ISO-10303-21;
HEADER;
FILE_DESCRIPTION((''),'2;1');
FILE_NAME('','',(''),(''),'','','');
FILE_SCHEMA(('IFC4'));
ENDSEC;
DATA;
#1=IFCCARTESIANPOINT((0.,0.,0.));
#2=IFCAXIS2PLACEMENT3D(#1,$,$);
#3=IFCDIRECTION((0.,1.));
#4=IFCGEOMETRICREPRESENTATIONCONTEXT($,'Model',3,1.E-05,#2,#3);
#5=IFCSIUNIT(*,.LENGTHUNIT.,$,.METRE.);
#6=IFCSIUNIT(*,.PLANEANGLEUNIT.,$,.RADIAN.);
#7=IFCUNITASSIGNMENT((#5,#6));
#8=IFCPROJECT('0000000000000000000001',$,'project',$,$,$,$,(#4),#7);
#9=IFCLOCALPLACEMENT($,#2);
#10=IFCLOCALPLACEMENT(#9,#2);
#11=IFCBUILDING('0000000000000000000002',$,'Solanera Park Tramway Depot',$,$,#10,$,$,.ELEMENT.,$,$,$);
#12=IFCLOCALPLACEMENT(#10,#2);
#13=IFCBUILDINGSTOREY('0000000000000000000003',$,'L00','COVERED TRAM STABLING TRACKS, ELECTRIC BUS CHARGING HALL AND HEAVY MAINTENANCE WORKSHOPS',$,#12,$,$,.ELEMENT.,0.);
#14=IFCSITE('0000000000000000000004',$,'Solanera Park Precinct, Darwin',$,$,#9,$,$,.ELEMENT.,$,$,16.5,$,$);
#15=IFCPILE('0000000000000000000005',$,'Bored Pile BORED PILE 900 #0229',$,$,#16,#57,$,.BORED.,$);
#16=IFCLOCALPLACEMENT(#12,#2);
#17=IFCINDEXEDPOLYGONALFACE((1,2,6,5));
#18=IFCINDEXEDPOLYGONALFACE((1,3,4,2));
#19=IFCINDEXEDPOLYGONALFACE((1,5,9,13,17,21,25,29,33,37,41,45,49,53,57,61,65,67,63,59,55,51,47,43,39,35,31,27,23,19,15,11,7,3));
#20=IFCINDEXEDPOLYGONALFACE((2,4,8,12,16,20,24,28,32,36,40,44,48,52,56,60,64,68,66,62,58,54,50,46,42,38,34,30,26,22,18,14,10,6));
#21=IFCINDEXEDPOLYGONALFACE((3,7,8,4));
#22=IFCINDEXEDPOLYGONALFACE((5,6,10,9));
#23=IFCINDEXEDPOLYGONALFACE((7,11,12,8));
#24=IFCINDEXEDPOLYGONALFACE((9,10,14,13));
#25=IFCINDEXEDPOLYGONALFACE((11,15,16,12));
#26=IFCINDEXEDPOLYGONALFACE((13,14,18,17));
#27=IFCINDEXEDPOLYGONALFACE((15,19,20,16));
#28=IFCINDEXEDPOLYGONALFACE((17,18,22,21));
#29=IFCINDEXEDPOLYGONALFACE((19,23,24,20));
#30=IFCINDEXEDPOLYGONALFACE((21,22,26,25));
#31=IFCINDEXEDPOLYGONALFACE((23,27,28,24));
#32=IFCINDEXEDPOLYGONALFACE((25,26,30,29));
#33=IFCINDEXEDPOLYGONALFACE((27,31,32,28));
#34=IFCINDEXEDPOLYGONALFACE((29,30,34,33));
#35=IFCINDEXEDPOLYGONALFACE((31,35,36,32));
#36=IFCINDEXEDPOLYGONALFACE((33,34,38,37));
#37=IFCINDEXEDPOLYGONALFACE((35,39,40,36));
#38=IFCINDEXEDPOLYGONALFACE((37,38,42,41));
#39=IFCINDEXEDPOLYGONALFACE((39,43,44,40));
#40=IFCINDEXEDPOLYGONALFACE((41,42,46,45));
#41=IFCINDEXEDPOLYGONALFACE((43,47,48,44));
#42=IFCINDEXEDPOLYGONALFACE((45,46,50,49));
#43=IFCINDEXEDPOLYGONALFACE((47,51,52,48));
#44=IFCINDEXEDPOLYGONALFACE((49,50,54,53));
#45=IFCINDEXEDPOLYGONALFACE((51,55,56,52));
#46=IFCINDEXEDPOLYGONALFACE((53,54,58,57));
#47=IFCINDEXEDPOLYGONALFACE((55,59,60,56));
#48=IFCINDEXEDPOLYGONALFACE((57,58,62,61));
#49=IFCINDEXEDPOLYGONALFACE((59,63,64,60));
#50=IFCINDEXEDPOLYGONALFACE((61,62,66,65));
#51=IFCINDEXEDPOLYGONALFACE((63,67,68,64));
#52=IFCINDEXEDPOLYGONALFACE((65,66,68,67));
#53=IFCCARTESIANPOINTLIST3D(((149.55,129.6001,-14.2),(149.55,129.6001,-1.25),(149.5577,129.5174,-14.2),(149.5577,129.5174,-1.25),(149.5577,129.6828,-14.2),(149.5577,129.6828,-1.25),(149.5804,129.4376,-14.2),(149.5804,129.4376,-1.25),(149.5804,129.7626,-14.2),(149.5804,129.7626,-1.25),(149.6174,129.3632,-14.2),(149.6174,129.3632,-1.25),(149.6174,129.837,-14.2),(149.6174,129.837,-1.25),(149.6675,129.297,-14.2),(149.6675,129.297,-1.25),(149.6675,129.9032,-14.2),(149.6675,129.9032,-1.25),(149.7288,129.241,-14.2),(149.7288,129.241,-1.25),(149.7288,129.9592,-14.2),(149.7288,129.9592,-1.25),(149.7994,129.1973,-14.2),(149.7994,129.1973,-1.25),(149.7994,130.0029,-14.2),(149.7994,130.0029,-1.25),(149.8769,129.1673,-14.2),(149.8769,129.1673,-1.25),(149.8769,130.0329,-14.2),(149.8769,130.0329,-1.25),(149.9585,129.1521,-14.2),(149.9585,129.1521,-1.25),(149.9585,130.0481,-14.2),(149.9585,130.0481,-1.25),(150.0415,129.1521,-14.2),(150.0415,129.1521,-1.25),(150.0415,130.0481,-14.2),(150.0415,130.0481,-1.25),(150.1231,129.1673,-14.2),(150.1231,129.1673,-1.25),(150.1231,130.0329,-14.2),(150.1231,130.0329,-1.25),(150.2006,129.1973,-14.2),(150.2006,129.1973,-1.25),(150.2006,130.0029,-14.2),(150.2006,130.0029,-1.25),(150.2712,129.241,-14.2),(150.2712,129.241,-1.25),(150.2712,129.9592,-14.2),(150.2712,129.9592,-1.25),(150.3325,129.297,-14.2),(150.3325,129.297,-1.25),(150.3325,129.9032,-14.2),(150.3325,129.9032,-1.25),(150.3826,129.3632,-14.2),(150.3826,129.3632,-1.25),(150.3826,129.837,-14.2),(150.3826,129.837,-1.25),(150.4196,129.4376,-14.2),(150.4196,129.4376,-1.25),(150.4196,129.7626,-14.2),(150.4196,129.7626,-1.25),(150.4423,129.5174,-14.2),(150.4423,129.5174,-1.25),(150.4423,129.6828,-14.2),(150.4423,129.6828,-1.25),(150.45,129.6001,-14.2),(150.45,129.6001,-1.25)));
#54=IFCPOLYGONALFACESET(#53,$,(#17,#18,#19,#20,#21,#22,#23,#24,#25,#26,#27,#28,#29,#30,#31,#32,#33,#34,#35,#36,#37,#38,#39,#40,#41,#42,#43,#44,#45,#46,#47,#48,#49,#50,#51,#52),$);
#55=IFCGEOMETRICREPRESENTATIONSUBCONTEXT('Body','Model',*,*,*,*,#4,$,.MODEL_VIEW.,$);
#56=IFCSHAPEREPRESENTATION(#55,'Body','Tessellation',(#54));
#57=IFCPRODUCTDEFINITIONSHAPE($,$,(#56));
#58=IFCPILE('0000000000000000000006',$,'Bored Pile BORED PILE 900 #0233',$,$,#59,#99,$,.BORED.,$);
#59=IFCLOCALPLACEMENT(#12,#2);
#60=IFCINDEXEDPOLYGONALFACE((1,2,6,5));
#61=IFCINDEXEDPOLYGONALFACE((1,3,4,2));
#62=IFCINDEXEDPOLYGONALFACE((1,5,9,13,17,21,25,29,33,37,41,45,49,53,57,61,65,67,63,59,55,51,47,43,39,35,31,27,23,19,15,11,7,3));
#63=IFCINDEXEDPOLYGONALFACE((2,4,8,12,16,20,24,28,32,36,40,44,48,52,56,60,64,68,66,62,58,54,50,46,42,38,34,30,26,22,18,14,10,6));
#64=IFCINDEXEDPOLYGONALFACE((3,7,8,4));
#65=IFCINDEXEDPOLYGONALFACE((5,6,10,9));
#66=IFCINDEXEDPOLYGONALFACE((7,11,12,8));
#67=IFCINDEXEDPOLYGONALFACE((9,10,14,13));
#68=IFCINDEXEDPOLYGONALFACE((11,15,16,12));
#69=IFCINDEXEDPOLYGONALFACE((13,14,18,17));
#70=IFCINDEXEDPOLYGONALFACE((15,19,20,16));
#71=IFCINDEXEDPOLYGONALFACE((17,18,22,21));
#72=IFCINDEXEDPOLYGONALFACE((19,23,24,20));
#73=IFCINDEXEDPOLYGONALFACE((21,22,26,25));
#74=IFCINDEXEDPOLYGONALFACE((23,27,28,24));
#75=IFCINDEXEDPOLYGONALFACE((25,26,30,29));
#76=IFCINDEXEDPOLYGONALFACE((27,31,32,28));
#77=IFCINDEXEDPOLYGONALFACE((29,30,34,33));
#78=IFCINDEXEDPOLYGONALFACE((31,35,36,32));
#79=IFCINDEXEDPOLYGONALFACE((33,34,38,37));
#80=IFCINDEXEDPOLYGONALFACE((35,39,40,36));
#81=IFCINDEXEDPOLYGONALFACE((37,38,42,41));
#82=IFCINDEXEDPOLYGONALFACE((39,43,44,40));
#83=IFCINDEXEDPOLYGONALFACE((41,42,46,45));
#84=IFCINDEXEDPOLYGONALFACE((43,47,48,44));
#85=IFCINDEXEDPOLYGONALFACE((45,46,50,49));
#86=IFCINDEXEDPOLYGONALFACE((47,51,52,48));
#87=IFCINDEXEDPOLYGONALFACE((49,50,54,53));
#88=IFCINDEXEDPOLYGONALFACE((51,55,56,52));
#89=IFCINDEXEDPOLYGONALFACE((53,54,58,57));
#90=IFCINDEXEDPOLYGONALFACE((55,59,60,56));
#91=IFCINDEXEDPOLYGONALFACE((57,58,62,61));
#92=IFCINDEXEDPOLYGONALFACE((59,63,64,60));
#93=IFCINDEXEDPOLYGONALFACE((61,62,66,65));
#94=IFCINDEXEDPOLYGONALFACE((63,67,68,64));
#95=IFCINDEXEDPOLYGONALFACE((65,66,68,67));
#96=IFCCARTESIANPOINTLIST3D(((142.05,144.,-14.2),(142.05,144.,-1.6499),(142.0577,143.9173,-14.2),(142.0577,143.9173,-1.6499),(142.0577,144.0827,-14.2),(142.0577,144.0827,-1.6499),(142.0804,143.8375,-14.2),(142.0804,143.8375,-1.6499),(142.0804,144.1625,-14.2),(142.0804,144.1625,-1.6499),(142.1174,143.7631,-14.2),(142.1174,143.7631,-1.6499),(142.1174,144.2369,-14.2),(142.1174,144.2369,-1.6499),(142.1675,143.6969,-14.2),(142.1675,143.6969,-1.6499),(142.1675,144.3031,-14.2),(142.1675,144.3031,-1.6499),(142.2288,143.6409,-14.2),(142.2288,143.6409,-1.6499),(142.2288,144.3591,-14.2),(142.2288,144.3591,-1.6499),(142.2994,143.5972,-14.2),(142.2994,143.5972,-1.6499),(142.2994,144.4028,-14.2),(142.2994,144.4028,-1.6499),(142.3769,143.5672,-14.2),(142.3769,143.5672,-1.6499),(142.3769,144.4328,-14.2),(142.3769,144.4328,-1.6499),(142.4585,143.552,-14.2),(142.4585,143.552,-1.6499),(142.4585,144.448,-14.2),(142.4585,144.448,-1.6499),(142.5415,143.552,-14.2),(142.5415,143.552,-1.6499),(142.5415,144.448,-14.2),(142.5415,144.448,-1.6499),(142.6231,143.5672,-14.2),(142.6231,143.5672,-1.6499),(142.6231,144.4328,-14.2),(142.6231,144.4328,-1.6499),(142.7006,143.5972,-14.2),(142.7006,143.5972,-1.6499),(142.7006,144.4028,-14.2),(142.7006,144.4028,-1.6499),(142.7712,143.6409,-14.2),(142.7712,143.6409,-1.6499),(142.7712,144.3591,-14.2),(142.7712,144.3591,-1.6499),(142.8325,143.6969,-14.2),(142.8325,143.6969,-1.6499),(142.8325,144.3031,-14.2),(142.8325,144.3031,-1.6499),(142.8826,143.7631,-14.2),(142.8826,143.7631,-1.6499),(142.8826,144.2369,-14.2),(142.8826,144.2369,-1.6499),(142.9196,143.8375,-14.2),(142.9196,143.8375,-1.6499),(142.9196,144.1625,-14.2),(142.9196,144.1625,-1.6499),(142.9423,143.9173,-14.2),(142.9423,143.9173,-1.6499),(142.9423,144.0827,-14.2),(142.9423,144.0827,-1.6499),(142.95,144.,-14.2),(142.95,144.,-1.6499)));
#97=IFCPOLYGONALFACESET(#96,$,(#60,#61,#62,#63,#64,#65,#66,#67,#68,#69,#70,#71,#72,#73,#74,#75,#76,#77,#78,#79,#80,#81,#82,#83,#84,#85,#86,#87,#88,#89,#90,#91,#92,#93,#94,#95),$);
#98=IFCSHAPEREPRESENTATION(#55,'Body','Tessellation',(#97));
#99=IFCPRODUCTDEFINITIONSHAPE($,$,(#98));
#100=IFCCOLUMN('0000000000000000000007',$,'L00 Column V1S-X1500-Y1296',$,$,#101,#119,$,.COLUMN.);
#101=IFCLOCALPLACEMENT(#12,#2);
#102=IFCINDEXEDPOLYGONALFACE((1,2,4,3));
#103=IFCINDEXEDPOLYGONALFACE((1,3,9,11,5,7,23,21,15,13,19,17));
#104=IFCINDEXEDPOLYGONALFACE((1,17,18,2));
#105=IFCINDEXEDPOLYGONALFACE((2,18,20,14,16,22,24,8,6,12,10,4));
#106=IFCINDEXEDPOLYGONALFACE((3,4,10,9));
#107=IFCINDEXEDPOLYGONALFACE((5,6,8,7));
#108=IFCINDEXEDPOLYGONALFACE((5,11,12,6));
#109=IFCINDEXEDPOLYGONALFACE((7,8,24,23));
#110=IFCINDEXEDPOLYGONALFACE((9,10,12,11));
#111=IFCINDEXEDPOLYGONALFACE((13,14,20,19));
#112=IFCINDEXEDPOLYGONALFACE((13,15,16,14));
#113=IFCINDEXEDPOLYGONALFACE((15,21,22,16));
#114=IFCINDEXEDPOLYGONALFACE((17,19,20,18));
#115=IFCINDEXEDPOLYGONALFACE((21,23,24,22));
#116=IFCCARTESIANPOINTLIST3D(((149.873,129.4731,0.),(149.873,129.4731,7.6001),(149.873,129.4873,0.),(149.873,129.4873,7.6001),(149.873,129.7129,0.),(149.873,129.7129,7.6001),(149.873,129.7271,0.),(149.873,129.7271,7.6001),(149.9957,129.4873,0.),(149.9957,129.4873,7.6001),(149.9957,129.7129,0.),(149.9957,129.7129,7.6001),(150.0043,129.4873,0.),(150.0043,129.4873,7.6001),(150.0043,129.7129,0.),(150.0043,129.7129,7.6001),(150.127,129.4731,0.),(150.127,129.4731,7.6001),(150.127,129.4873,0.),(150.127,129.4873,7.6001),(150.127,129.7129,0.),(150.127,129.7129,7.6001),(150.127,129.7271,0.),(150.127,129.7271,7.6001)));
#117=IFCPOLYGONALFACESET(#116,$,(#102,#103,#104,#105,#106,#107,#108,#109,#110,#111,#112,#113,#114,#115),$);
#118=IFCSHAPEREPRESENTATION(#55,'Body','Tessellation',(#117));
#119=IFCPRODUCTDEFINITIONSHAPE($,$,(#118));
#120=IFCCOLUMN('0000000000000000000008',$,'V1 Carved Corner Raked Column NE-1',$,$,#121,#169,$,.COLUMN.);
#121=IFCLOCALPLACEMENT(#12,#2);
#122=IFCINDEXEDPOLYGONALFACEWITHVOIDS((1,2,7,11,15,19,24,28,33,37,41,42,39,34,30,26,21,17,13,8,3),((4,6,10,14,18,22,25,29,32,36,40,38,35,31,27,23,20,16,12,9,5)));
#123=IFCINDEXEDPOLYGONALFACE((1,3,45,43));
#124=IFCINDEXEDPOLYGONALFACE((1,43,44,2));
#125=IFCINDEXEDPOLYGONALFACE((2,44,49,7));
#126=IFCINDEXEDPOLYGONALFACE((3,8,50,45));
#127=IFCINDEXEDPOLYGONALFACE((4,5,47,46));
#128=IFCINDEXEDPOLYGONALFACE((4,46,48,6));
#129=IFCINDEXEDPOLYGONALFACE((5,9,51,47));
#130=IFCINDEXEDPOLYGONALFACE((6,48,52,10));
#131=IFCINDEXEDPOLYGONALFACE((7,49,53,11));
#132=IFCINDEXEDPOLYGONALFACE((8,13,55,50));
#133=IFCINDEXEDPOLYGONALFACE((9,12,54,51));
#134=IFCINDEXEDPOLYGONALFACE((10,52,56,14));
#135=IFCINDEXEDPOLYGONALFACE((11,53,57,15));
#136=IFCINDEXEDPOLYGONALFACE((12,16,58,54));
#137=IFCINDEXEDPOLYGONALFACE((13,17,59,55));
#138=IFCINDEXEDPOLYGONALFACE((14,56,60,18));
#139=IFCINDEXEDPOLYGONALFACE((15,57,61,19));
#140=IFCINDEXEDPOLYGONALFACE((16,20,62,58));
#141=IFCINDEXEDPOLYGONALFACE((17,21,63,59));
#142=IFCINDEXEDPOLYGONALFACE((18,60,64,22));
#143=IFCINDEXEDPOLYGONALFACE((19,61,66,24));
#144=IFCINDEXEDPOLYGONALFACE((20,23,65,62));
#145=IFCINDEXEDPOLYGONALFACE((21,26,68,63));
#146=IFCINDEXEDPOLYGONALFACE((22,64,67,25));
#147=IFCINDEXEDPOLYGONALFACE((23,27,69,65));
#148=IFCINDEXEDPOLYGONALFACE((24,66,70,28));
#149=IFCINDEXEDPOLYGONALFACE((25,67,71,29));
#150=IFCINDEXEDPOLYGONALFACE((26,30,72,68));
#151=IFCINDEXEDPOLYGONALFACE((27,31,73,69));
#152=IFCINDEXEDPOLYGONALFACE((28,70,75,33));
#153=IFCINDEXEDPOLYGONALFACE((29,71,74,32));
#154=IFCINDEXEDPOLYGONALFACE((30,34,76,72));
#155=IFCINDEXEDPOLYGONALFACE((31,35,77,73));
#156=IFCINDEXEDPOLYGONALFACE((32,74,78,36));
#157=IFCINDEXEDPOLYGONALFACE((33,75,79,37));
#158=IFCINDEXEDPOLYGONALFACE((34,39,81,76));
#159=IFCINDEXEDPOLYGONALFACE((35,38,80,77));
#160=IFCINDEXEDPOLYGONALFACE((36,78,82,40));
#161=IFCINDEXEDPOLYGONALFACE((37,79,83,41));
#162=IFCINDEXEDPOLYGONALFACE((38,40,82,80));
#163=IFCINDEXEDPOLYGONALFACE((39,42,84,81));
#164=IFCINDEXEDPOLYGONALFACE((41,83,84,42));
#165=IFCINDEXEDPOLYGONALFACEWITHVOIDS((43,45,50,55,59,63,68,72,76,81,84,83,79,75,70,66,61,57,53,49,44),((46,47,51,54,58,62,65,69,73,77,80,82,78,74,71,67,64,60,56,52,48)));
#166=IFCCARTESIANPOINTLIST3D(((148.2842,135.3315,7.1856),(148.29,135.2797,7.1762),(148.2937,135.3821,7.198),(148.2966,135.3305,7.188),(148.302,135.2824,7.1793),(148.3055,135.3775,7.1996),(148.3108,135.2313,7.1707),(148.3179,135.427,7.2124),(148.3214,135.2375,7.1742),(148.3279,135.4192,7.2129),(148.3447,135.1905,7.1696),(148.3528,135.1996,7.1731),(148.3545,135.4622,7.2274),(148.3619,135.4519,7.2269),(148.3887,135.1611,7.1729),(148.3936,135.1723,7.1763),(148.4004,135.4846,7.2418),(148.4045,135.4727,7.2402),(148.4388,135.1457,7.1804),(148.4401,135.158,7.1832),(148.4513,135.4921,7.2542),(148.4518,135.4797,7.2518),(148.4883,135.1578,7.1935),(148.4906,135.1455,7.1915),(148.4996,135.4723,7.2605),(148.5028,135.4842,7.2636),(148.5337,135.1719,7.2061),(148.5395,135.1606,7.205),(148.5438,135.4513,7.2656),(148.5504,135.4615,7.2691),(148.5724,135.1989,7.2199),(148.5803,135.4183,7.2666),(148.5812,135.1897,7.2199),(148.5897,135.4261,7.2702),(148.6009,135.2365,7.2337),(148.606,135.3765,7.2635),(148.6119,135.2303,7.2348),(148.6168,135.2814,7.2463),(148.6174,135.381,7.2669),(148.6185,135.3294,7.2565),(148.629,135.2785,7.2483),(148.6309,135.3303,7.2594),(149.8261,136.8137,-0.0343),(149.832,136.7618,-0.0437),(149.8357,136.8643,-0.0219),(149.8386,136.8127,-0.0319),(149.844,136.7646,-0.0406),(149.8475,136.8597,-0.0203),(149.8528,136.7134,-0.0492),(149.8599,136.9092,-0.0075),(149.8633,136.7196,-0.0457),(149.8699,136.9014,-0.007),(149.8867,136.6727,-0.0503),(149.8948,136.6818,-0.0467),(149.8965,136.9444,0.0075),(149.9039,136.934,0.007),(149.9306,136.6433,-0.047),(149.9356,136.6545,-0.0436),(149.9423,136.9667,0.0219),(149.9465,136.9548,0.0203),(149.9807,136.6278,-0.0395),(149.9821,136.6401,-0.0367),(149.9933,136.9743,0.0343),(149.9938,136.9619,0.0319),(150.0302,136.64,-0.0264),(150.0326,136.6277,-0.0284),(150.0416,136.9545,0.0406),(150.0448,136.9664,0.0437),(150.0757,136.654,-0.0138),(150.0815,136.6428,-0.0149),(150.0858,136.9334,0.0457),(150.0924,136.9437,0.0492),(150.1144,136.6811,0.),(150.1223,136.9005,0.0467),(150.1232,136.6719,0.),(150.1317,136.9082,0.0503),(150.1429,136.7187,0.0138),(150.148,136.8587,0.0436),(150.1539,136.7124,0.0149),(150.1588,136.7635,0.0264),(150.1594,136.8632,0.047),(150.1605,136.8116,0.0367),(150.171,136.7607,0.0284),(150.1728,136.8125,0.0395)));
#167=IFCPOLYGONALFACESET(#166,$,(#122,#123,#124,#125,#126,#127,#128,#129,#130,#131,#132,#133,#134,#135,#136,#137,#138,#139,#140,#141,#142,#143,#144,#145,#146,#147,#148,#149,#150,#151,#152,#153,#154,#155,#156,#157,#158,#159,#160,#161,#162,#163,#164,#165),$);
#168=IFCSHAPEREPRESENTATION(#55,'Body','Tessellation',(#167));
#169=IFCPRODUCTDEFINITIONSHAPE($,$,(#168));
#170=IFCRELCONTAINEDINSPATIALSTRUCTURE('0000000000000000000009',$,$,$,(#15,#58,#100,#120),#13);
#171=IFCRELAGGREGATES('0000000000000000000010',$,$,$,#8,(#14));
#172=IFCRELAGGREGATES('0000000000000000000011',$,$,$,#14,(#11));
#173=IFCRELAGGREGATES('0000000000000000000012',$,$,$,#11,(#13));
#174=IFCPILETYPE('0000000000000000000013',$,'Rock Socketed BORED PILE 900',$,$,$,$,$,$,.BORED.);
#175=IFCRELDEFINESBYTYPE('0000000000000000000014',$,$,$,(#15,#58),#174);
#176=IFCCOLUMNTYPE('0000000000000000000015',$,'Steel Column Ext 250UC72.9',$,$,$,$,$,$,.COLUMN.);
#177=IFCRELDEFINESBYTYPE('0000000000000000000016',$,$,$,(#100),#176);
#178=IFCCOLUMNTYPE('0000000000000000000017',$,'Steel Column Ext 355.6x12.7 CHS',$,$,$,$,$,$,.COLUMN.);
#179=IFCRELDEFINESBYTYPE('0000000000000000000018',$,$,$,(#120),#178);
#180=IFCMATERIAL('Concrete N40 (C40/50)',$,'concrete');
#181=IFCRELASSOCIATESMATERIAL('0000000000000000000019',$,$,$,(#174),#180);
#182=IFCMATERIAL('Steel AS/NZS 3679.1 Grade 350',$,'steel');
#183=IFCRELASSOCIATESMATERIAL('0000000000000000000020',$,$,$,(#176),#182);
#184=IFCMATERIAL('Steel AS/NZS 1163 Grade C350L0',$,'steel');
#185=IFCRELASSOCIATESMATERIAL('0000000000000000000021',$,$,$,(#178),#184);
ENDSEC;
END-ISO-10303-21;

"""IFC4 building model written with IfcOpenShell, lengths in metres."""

from ifc_helpers import new_model, si_unit, direction, frame, origin, origin_2d, place, context, subcontext, project, spatial, circle, hollow_circle, i_section, extrude, material, material_profile, profile_set, type_object, element, save


model = new_model("IFC4")

# Units and contexts
model_context = context("Model", 3, precision=1e-05, world=origin(), true_north=direction((0.0, 1.0)))
body_context = subcontext(model_context, "Body", "Model", "MODEL_VIEW")
ifc_project = project(units=[si_unit("LENGTHUNIT", "METRE"), si_unit("PLANEANGLEUNIT", "RADIAN")], contexts=[model_context])

# Site, building, storey
site_placement = place(None, origin())
site = spatial("IfcSite", under=ifc_project, at=site_placement, Name="Solanera Park Precinct, Darwin", CompositionType="ELEMENT", RefElevation=16.5)
building_placement = place(site_placement, origin())
building = spatial("IfcBuilding", under=site, at=building_placement, Name="Solanera Park Tramway Depot", CompositionType="ELEMENT")
storey_placement = place(building_placement, origin())
storey = spatial("IfcBuildingStorey", under=building, at=storey_placement, Name="L00", Description="COVERED TRAM STABLING TRACKS, ELECTRIC BUS CHARGING HALL AND HEAVY MAINTENANCE WORKSHOPS", CompositionType="ELEMENT", Elevation=0.0)

# Piles
ifc_material_1 = material(Name="Concrete N40 (C40/50)", Category="concrete")
ifc_material_profile_1 = material_profile(ifc_material_1, circle(Radius=0.45, at=origin_2d()), Name="BORED PILE 900")
ifc_profile_set_1 = profile_set([ifc_material_profile_1], Name="Concrete N40 (C40/50)")
pile_type = type_object("IfcPileType", Name="Rock Socketed BORED PILE 900", PredefinedType="BORED", material=ifc_profile_set_1)
pile_1_placement = place(storey_placement, frame((150.0, 129.6001, -1.25), z_axis=(0.0, 0.0, -1.0), x_axis=(1.0, 0.0, 0.0)))
element("IfcPile", 1, at=pile_1_placement, inside=storey, type_object=pile_type, Name="Bored Pile BORED PILE 900 #0229", PredefinedType="BORED", context=body_context, shape_type="SweptSolid", body=[
    extrude(circle(Radius=0.45, at=origin_2d()), origin(), (0.0, 0.0, 1.0), 12.95),
])
pile_2_placement = place(storey_placement, frame((142.5, 144.0, -1.6499), z_axis=(0.0, 0.0, -1.0), x_axis=(1.0, 0.0, 0.0)))
element("IfcPile", 2, at=pile_2_placement, inside=storey, type_object=pile_type, Name="Bored Pile BORED PILE 900 #0233", PredefinedType="BORED", context=body_context, shape_type="SweptSolid", body=[
    extrude(circle(Radius=0.45, at=origin_2d()), origin(), (0.0, 0.0, 1.0), 12.55),
])

# Columns
ifc_material_2 = material(Name="Steel AS/NZS 3679.1 Grade 350", Category="steel")
ifc_material_profile_2 = material_profile(ifc_material_2, i_section(OverallWidth=0.2539, OverallDepth=0.2539, WebThickness=0.0085, FlangeThickness=0.0142, at=origin_2d()), Name="250UC72.9")
ifc_profile_set_2 = profile_set([ifc_material_profile_2], Name="Steel AS/NZS 3679.1 Grade 350")
column_type_1 = type_object("IfcColumnType", Name="Steel Column Ext 250UC72.9", PredefinedType="COLUMN", material=ifc_profile_set_2)
column_placement = place(storey_placement, frame((150.0, 129.6001, 0.0), z_axis=(0.0, 0.0, 1.0), x_axis=(1.0, 0.0, 0.0)))
element("IfcColumn", 3, at=column_placement, inside=storey, type_object=column_type_1, Name="L00 Column V1S-X1500-Y1296", PredefinedType="COLUMN", context=body_context, shape_type="SweptSolid", body=[
    extrude(i_section(OverallWidth=0.2539, OverallDepth=0.2539, WebThickness=0.0085, FlangeThickness=0.0142, at=origin_2d()), origin(), (0.0, 0.0, 1.0), 7.6001),
])
ifc_material_3 = material(Name="Steel AS/NZS 1163 Grade C350L0", Category="steel")
ifc_material_profile_3 = material_profile(ifc_material_3, hollow_circle(Radius=0.1777, WallThickness=0.0127, at=origin_2d()), Name="355.6x12.7 CHS")
ifc_profile_set_3 = profile_set([ifc_material_profile_3], Name="Steel AS/NZS 1163 Grade C350L0")
column_type_2 = type_object("IfcColumnType", Name="Steel Column Ext 355.6x12.7 CHS", PredefinedType="COLUMN", material=ifc_profile_set_3)
for number, where, z_axis, x_axis, name in (
    (4, (150.0, 136.8, 0.0), (-0.204777, -0.196833, 0.958813), (0.692986, -0.720952, 0.0), "V1 Carved Corner Raked Column NE-1"),
):
    element("IfcColumn", number, at=place(storey_placement, frame(where, z_axis=z_axis, x_axis=x_axis)), inside=storey, type_object=column_type_2, Name=name, PredefinedType="COLUMN", context=body_context, shape_type="SweptSolid", body=[
        extrude(hollow_circle(Radius=0.1777, WallThickness=0.0127, at=origin_2d()), origin(), (0.0, 0.0, 1.0), 7.53),
    ])

save(model, "model.ifc")
